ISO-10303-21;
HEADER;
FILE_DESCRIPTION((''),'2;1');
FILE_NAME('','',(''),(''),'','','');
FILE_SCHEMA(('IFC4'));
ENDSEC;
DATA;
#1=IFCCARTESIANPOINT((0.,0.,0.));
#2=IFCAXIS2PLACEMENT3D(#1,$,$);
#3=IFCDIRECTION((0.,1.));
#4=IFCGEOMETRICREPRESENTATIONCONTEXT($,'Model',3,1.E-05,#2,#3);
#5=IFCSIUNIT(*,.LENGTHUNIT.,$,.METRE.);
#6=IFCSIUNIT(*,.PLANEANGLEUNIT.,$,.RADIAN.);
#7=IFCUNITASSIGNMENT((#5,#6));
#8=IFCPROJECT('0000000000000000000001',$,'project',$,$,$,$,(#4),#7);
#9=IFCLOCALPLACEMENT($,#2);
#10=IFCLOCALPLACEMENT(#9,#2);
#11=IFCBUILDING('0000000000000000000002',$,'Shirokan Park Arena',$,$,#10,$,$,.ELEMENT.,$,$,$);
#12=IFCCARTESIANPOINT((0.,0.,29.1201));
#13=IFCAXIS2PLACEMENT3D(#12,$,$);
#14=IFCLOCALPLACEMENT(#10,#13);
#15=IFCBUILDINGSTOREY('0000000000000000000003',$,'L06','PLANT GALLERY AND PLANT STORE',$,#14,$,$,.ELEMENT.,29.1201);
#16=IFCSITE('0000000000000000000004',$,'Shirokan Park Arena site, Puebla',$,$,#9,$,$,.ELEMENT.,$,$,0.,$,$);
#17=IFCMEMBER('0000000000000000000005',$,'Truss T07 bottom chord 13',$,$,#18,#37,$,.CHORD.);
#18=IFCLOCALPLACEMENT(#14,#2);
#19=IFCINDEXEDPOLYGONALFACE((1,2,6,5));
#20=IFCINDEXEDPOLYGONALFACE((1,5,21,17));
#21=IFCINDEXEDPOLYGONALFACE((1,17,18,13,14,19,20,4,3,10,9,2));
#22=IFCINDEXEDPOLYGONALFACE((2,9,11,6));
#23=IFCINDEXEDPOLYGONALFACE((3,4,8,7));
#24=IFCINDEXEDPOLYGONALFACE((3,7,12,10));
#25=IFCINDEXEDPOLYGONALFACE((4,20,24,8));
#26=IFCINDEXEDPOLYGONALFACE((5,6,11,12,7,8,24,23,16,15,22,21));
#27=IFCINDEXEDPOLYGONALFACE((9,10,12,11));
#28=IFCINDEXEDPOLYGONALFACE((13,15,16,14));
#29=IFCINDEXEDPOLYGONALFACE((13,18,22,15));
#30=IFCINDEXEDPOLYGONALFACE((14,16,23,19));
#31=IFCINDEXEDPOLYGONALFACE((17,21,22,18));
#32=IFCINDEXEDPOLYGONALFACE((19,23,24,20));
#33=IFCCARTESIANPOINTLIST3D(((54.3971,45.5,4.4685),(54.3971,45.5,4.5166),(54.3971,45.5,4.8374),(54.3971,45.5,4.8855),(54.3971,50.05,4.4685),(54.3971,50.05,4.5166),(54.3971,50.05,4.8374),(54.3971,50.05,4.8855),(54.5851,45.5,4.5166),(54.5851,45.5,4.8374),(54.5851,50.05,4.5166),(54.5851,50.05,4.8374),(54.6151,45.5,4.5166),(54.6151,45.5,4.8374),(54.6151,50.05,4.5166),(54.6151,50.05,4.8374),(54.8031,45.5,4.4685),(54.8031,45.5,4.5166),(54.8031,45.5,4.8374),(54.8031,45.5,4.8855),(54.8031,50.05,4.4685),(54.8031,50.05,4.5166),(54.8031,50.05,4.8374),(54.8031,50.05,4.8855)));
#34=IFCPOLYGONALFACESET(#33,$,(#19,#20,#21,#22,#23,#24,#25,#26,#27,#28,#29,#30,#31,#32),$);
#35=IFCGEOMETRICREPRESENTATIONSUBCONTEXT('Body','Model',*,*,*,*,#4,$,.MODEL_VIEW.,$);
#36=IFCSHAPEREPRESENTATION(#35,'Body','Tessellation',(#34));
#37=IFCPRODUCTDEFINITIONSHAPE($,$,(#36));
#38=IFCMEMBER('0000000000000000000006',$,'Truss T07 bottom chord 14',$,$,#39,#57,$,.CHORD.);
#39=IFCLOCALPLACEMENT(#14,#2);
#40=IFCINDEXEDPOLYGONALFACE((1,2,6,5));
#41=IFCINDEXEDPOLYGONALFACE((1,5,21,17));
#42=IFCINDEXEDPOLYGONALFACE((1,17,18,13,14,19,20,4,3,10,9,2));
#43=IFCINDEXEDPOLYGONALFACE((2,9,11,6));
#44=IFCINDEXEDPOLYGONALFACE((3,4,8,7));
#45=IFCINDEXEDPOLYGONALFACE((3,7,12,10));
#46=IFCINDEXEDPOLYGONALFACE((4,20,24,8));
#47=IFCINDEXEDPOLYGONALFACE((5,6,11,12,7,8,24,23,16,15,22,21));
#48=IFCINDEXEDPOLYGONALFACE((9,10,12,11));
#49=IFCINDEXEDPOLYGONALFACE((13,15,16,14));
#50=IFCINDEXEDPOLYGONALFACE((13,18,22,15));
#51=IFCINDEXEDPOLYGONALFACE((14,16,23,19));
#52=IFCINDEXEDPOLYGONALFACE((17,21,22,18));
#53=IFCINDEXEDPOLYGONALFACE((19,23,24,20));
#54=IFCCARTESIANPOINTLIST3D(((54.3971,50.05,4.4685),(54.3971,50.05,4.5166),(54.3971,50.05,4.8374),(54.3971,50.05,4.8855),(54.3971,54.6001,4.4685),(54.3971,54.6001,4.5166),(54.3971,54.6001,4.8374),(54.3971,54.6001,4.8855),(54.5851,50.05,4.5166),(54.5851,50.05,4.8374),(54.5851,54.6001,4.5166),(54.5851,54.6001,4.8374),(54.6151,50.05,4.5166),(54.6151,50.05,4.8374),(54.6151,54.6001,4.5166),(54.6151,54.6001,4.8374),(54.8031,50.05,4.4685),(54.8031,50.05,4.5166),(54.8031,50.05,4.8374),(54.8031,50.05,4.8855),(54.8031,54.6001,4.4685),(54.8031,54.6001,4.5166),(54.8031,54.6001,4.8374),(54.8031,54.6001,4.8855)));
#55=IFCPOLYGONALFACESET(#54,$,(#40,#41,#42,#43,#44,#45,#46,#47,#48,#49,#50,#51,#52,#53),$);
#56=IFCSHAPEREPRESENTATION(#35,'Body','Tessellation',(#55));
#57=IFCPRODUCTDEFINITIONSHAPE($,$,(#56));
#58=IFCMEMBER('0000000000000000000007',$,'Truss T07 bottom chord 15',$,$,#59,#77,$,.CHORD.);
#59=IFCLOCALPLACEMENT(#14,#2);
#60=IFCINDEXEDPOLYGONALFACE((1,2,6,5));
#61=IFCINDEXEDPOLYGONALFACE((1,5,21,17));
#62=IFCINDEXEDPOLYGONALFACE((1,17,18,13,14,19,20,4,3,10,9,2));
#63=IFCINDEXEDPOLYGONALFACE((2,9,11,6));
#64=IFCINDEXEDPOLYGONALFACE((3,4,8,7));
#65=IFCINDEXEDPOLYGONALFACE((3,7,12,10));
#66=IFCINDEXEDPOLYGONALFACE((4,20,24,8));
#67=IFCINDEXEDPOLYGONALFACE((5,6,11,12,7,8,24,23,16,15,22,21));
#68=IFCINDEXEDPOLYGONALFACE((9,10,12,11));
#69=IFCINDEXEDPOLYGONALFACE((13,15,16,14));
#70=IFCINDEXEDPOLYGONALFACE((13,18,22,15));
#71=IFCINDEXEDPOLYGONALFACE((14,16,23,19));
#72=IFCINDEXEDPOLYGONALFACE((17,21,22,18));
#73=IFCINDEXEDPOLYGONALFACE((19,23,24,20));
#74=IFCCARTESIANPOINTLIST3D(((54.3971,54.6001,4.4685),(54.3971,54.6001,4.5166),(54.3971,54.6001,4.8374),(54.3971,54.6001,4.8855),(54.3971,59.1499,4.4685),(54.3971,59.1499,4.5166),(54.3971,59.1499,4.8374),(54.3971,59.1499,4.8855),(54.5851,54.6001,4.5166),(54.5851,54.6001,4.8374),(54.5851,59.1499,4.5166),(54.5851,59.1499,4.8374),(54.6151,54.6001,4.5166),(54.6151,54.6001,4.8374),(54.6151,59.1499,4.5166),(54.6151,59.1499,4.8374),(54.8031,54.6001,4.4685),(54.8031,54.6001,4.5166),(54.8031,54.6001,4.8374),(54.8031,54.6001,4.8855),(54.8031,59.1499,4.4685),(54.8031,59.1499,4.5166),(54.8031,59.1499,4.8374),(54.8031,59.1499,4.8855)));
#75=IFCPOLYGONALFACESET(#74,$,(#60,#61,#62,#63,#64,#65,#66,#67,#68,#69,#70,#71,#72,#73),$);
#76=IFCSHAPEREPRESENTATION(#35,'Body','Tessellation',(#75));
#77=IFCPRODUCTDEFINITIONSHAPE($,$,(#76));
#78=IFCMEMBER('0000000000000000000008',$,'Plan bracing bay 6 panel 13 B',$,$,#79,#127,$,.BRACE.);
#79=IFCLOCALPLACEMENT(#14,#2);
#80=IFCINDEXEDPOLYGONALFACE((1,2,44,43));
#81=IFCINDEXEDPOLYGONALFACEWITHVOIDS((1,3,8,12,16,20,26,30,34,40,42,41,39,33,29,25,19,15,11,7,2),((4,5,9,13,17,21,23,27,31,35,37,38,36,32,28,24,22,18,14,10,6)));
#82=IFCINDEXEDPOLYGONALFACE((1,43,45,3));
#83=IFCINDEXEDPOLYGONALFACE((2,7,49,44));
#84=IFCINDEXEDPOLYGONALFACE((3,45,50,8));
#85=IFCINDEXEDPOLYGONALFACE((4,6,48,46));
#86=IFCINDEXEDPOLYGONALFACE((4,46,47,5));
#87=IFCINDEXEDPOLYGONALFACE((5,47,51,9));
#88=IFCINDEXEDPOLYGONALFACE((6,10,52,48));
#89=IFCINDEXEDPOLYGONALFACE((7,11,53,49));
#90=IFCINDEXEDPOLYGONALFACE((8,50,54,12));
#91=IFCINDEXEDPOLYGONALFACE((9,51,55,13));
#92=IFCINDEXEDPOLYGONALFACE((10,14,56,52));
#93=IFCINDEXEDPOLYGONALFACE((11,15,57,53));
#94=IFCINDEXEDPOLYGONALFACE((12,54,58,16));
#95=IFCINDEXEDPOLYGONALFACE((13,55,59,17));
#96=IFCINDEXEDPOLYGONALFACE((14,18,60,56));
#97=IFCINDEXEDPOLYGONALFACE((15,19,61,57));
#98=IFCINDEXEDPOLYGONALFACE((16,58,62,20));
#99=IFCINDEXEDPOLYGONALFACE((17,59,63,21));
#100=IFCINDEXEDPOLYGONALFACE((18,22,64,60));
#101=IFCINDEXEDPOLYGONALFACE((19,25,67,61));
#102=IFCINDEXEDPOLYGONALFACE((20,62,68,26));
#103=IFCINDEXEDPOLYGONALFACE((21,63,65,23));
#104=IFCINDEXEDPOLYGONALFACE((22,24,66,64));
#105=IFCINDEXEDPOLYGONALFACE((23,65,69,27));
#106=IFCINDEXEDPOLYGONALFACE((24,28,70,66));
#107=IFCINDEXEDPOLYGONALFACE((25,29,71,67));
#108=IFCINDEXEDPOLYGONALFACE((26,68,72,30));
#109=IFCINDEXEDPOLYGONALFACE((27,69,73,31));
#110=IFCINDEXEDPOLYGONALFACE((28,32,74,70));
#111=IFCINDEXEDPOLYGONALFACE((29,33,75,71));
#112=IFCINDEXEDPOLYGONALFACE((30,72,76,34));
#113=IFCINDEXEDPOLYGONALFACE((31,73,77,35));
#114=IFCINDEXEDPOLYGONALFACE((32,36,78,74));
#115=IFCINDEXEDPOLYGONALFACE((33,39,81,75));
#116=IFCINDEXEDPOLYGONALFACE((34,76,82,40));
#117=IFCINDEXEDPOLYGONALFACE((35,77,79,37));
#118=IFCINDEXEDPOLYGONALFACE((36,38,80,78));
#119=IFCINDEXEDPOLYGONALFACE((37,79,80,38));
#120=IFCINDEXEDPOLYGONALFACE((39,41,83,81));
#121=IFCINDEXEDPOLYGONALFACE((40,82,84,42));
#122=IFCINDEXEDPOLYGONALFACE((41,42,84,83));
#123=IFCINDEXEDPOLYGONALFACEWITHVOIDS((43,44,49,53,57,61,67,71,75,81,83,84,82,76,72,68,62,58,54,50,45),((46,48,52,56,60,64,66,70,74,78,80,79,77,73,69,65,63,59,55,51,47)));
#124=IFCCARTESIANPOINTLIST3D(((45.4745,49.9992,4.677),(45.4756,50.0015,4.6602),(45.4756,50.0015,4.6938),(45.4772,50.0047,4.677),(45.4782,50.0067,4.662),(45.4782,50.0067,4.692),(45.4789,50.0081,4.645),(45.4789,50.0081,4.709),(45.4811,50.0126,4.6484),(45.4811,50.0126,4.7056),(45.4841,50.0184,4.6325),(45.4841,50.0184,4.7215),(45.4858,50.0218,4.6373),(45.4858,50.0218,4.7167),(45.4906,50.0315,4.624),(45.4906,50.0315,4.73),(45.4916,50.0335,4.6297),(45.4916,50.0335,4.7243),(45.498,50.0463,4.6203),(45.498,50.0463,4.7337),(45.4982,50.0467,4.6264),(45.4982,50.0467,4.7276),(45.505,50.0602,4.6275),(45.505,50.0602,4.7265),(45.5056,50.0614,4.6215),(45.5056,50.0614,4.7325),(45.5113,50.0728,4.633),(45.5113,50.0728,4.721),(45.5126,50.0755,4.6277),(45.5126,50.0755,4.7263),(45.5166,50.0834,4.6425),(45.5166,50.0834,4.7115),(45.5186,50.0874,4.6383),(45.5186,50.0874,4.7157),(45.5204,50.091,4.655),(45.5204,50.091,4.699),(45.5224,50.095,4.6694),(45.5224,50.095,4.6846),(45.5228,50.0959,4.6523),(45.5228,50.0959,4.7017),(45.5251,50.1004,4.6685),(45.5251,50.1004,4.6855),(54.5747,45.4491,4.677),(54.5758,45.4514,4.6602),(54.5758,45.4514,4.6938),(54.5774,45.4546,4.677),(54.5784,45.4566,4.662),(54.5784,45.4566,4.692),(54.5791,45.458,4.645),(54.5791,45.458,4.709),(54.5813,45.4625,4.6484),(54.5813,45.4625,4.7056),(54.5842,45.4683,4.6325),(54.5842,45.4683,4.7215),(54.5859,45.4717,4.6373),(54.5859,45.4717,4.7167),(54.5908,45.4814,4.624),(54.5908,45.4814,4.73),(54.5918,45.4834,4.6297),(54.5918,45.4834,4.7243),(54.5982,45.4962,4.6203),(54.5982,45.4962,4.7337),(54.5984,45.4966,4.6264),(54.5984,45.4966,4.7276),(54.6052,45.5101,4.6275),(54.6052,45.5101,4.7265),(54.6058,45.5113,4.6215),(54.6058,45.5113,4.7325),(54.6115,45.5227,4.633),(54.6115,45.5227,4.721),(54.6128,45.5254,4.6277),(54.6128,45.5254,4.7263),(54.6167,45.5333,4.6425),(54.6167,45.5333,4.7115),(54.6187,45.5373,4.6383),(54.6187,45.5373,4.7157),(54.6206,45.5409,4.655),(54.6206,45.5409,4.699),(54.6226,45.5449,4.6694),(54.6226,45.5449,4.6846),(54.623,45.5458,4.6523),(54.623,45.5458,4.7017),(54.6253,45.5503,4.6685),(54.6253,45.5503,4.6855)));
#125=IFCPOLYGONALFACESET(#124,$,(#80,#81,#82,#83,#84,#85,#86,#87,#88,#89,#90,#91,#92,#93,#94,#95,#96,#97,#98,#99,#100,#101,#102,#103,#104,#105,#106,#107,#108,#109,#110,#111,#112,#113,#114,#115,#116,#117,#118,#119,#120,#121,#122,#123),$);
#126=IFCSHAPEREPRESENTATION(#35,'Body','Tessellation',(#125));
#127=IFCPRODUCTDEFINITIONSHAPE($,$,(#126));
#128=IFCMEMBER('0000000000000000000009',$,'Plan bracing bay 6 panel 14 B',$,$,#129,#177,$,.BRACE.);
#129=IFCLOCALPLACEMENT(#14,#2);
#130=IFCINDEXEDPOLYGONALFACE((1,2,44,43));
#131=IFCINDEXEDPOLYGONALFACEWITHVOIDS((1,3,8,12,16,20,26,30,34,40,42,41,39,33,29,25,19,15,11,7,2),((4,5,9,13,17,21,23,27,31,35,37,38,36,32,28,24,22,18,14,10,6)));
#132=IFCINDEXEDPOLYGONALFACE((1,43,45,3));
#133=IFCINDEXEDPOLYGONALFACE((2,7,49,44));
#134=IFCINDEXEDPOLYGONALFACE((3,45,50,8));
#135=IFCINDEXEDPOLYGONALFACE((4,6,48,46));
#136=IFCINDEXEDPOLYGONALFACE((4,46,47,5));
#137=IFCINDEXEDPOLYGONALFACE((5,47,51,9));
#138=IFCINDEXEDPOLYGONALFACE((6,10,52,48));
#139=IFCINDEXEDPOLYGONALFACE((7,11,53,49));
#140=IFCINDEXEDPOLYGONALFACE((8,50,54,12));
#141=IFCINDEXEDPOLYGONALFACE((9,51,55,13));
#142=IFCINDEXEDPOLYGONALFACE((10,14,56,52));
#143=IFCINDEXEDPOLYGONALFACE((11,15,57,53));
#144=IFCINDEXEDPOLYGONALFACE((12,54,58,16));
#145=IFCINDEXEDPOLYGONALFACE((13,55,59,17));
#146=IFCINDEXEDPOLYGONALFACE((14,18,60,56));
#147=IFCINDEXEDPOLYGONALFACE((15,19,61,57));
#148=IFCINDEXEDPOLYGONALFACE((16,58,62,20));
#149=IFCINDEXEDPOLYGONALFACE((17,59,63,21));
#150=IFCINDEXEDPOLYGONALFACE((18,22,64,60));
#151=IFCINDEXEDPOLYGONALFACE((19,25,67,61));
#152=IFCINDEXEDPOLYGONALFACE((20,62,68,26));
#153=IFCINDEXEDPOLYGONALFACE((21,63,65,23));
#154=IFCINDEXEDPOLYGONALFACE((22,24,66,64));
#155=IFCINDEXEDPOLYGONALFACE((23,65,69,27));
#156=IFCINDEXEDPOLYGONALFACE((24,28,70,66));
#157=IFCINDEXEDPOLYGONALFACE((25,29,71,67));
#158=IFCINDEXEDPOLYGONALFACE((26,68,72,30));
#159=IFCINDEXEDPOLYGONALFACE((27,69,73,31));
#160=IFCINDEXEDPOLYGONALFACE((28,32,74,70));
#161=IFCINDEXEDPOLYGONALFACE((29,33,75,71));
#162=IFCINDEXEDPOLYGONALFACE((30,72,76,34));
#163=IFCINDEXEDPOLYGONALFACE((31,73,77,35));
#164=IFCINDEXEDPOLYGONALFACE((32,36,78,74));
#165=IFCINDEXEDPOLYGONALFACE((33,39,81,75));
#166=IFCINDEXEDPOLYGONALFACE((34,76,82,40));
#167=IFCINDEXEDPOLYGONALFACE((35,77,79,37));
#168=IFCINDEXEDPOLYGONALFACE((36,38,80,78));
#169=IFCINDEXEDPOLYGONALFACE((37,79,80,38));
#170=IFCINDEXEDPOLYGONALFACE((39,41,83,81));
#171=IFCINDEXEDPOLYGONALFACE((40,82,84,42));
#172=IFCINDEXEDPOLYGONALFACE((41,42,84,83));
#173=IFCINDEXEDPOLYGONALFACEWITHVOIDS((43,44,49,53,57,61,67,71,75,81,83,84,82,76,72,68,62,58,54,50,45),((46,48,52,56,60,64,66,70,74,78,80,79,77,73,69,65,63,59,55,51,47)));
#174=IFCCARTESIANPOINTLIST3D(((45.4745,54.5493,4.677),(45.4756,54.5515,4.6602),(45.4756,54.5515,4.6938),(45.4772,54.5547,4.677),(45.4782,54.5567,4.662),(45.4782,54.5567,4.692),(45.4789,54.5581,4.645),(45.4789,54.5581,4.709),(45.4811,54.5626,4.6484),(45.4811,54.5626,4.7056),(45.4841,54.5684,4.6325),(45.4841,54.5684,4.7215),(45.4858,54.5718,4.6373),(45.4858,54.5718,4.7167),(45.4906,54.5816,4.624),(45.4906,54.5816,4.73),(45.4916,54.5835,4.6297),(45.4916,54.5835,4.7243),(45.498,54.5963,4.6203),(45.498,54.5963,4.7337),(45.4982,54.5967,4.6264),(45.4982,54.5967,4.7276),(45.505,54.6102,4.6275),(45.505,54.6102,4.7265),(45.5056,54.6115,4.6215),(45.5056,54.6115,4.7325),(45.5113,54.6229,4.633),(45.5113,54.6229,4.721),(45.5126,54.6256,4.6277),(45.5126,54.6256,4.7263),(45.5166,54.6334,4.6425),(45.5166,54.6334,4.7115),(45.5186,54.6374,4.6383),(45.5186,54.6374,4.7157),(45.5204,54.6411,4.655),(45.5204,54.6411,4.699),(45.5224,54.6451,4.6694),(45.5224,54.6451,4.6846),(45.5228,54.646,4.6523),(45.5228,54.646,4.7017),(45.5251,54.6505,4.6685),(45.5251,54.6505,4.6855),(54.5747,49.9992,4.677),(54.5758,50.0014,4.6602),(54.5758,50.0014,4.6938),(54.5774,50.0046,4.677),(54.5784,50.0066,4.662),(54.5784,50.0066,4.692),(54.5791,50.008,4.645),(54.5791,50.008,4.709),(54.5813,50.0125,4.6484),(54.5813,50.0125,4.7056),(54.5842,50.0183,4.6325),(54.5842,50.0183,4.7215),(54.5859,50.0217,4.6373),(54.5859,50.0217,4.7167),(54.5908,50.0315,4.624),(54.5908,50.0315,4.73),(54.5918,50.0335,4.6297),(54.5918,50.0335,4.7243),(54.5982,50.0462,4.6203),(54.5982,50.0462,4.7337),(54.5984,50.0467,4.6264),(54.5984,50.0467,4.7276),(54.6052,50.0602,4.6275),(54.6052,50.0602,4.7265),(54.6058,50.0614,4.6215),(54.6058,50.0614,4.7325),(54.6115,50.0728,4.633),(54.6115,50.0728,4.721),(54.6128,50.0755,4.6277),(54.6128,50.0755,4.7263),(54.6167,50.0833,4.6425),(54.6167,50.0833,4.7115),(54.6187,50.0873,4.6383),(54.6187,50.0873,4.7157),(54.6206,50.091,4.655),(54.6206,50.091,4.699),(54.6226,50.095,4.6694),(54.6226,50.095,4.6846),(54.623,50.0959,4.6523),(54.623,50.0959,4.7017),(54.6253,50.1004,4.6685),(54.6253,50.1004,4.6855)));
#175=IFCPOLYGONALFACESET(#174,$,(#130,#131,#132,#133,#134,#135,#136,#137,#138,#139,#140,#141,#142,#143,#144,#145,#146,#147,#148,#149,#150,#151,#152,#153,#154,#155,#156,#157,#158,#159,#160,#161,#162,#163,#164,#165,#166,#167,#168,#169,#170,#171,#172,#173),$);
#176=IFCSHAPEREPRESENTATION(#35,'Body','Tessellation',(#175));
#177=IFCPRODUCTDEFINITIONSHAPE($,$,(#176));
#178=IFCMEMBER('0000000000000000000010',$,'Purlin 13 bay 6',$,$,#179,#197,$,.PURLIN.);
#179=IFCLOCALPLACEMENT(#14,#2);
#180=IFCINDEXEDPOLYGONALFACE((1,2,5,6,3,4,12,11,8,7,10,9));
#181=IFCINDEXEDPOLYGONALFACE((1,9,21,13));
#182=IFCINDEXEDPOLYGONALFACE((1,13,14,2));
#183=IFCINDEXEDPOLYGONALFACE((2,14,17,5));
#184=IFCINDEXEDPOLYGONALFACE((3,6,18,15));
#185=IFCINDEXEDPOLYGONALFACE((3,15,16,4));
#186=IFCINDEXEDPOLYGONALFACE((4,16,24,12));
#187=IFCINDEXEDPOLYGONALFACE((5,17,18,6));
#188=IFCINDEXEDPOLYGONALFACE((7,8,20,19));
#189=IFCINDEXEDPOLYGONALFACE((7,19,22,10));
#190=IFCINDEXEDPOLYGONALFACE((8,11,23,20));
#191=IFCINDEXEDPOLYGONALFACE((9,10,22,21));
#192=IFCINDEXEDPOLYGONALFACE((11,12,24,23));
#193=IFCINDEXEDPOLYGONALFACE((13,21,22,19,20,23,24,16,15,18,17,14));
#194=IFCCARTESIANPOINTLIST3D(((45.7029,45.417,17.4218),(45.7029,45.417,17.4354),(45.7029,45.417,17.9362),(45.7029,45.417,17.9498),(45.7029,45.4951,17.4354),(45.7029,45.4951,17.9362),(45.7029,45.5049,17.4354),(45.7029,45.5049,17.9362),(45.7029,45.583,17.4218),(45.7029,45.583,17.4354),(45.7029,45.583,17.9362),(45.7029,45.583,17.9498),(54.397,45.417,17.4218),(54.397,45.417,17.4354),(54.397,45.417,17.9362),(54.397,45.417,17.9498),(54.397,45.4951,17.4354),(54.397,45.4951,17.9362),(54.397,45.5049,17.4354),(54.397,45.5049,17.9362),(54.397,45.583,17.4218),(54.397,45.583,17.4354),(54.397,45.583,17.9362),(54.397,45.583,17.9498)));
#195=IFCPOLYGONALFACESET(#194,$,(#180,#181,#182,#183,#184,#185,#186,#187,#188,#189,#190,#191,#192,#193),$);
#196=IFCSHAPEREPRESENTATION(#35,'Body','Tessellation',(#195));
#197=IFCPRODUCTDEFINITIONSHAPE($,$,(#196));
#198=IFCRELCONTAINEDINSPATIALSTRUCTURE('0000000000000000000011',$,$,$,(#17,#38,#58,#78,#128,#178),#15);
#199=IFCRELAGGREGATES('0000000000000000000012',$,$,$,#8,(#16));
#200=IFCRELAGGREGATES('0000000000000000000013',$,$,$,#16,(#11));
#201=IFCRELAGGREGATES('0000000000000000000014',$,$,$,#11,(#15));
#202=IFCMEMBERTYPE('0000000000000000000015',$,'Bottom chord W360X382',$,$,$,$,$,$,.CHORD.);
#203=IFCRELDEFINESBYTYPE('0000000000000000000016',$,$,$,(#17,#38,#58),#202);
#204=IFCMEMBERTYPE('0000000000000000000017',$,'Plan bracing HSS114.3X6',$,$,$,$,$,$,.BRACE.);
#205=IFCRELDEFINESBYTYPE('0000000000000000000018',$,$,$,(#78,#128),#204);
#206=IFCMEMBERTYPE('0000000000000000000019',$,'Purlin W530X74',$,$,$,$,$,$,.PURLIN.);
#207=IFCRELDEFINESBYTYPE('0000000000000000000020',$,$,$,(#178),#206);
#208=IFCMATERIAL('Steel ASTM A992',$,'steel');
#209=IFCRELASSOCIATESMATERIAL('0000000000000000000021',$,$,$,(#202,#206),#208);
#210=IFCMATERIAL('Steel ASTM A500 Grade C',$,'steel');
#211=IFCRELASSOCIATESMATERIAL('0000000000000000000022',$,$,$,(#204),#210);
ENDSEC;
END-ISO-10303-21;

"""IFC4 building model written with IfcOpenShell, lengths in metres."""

from ifc_helpers import new_model, si_unit, direction, frame, origin, origin_2d, place, context, subcontext, project, spatial, hollow_circle, i_section, extrude, material, material_profile, profile_set, type_object, element, save


model = new_model("IFC4")

# Units and contexts
model_context = context("Model", 3, precision=1e-05, world=origin(), true_north=direction((0.0, 1.0)))
body_context = subcontext(model_context, "Body", "Model", "MODEL_VIEW")
ifc_project = project(units=[si_unit("LENGTHUNIT", "METRE"), si_unit("PLANEANGLEUNIT", "RADIAN")], contexts=[model_context])

# Site, building, storey
site_placement = place(None, origin())
site = spatial("IfcSite", under=ifc_project, at=site_placement, Name="Shirokan Park Arena site, Puebla", CompositionType="ELEMENT", RefElevation=0.0)
building_placement = place(site_placement, origin())
building = spatial("IfcBuilding", under=site, at=building_placement, Name="Shirokan Park Arena", CompositionType="ELEMENT")
storey_placement = place(building_placement, frame((0.0, 0.0, 29.1201)))
storey = spatial("IfcBuildingStorey", under=building, at=storey_placement, Name="L06", Description="PLANT GALLERY AND PLANT STORE", CompositionType="ELEMENT", Elevation=29.1201)

# Members
ifc_material_1 = material(Name="Steel ASTM A992", Category="steel")
ifc_material_profile_1 = material_profile(ifc_material_1, i_section(OverallWidth=0.406, OverallDepth=0.417, WebThickness=0.03, FlangeThickness=0.0481, at=origin_2d()), Name="W360X382")
ifc_profile_set_1 = profile_set([ifc_material_profile_1], Name="Steel ASTM A992")
member_type_1 = type_object("IfcMemberType", Name="Bottom chord W360X382", PredefinedType="CHORD", material=ifc_profile_set_1)
for number, where, z_axis, x_axis, name in (
    (1, (54.6001, 45.5, 4.677), (0.0, 1.0, 0.0), (-1.0, 0.0, 0.0), "Truss T07 bottom chord 13"),
    (2, (54.6001, 50.05, 4.677), (0.0, 1.0, 0.0), (-1.0, 0.0, 0.0), "Truss T07 bottom chord 14"),
):
    element("IfcMember", number, at=place(storey_placement, frame(where, z_axis=z_axis, x_axis=x_axis)), inside=storey, type_object=member_type_1, Name=name, PredefinedType="CHORD", context=body_context, shape_type="SweptSolid", body=[
        extrude(i_section(OverallWidth=0.406, OverallDepth=0.417, WebThickness=0.03, FlangeThickness=0.0481, at=origin_2d()), origin(), (0.0, 0.0, 1.0), 4.55),
    ])
member_1_placement = place(storey_placement, frame((54.6001, 54.6001, 4.677), z_axis=(0.0, 1.0, 0.0), x_axis=(-1.0, 0.0, 0.0)))
element("IfcMember", 3, at=member_1_placement, inside=storey, type_object=member_type_1, Name="Truss T07 bottom chord 15", PredefinedType="CHORD", context=body_context, shape_type="SweptSolid", body=[
    extrude(i_section(OverallWidth=0.406, OverallDepth=0.417, WebThickness=0.03, FlangeThickness=0.0481, at=origin_2d()), origin(), (0.0, 0.0, 1.0), 4.5498),
])
ifc_material_2 = material(Name="Steel ASTM A500 Grade C", Category="steel")
ifc_material_profile_2 = material_profile(ifc_material_2, hollow_circle(Radius=0.0569, WallThickness=0.0061, at=origin_2d()), Name="HSS114.3X6")
ifc_profile_set_2 = profile_set([ifc_material_profile_2], Name="Steel ASTM A500 Grade C")
member_type_2 = type_object("IfcMemberType", Name="Plan bracing HSS114.3X6", PredefinedType="BRACE", material=ifc_profile_set_2)
for number, where, z_axis, x_axis, name in (
    (4, (54.6001, 45.5, 4.677), (-0.894427, 0.447214, 0.0), (-0.447214, -0.894427, 0.0), "Plan bracing bay 6 panel 13 B"),
    (5, (54.6001, 50.05, 4.677), (-0.894427, 0.447214, 0.0), (-0.447214, -0.894427, 0.0), "Plan bracing bay 6 panel 14 B"),
):
    element("IfcMember", number, at=place(storey_placement, frame(where, z_axis=z_axis, x_axis=x_axis)), inside=storey, type_object=member_type_2, Name=name, PredefinedType="BRACE", context=body_context, shape_type="SweptSolid", body=[
        extrude(hollow_circle(Radius=0.0569, WallThickness=0.0061, at=origin_2d()), origin(), (0.0, 0.0, 1.0), 10.1743),
    ])
ifc_material_profile_3 = material_profile(ifc_material_1, i_section(OverallWidth=0.166, OverallDepth=0.5281, WebThickness=0.0098, FlangeThickness=0.0137, at=origin_2d()), Name="W530X74")
ifc_profile_set_3 = profile_set([ifc_material_profile_3], Name="Steel ASTM A992")
member_type_3 = type_object("IfcMemberType", Name="Purlin W530X74", PredefinedType="PURLIN", material=ifc_profile_set_3)
for number, where, z_axis, x_axis, name in (
    (6, (45.7029, 45.5, 17.6858), (1.0, 0.0, 0.0), (0.0, 1.0, 0.0), "Purlin 13 bay 6"),
):
    element("IfcMember", number, at=place(storey_placement, frame(where, z_axis=z_axis, x_axis=x_axis)), inside=storey, type_object=member_type_3, Name=name, PredefinedType="PURLIN", context=body_context, shape_type="SweptSolid", body=[
        extrude(i_section(OverallWidth=0.166, OverallDepth=0.5281, WebThickness=0.0098, FlangeThickness=0.0137, at=origin_2d()), origin(), (0.0, 0.0, 1.0), 8.6941),
    ])

save(model, "model.ifc")
